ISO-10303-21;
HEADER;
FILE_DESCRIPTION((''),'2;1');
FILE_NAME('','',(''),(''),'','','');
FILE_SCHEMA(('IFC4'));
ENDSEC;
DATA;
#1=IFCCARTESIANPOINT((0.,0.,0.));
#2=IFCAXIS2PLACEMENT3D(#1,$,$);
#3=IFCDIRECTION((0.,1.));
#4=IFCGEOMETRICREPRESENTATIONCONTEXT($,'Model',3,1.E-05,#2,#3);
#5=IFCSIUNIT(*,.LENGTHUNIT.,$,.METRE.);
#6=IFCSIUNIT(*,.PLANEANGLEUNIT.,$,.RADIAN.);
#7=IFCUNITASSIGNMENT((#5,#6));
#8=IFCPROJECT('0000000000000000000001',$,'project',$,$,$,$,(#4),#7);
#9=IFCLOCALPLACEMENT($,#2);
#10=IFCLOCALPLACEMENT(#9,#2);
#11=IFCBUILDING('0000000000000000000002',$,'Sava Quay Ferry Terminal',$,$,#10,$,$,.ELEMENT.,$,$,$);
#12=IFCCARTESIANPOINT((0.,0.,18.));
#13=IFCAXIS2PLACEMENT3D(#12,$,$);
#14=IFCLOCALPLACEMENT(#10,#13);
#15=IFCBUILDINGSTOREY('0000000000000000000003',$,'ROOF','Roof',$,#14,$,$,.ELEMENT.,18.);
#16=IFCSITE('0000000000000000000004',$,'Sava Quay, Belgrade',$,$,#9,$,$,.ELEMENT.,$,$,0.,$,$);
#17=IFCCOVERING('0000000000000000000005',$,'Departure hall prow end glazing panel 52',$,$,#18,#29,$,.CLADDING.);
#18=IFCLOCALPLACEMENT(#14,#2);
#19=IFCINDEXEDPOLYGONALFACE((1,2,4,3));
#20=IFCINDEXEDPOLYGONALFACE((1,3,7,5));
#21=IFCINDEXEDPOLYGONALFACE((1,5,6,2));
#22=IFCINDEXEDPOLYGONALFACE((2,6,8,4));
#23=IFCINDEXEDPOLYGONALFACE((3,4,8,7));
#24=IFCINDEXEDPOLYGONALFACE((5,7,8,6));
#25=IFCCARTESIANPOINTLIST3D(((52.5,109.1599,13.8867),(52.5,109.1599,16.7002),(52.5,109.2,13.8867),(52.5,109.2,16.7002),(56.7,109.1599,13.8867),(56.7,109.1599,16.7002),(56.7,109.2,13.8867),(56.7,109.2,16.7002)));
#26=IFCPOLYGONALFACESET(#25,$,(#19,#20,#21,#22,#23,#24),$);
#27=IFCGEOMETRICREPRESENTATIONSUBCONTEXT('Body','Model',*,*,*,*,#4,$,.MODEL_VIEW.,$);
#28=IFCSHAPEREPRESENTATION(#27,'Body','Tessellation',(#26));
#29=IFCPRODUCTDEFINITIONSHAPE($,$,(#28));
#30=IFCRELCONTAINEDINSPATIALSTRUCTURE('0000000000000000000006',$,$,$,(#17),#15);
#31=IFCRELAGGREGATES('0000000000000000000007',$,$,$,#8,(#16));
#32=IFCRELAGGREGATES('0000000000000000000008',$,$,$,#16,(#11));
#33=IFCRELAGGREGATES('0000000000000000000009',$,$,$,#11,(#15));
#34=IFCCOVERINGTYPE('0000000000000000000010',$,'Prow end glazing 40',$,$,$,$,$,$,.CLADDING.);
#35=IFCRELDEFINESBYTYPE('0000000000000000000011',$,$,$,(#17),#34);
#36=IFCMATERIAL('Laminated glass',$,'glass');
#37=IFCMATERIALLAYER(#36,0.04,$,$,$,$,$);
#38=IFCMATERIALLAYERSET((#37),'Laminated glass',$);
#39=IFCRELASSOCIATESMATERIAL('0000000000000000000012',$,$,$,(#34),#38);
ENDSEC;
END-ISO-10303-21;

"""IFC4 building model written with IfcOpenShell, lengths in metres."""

from ifc_helpers import new_model, si_unit, direction, frame, origin, place, context, subcontext, project, spatial, polyline, outline, extrude, material, layer, layer_set, type_object, element, save


model = new_model("IFC4")

# Units and contexts
model_context = context("Model", 3, precision=1e-05, world=origin(), true_north=direction((0.0, 1.0)))
body_context = subcontext(model_context, "Body", "Model", "MODEL_VIEW")
ifc_project = project(units=[si_unit("LENGTHUNIT", "METRE"), si_unit("PLANEANGLEUNIT", "RADIAN")], contexts=[model_context])

# Site, building, storey
site_placement = place(None, origin())
site = spatial("IfcSite", under=ifc_project, at=site_placement, Name="Sava Quay, Belgrade", CompositionType="ELEMENT", RefElevation=0.0)
building_placement = place(site_placement, origin())
building = spatial("IfcBuilding", under=site, at=building_placement, Name="Sava Quay Ferry Terminal", CompositionType="ELEMENT")
storey_placement = place(building_placement, frame((0.0, 0.0, 18.0)))
storey = spatial("IfcBuildingStorey", under=building, at=storey_placement, Name="ROOF", Description="Roof", CompositionType="ELEMENT", Elevation=18.0)

# Covering
ifc_material_1 = material(Name="Laminated glass", Category="glass")
ifc_layer = layer(ifc_material_1, 0.04)
ifc_layer_set = layer_set([ifc_layer], Name="Laminated glass")
covering_type = type_object("IfcCoveringType", Name="Prow end glazing 40", PredefinedType="CLADDING", material=ifc_layer_set)
covering_1_placement = place(storey_placement, frame((52.5, 109.2, 13.8867), z_axis=(0.0, 1.0, 0.0), x_axis=(0.0, 0.0, 1.0)))
element("IfcCovering", 1, at=covering_1_placement, inside=storey, type_object=covering_type, Name="Departure hall prow end glazing panel 52", PredefinedType="CLADDING", context=body_context, shape_type="SweptSolid", body=[
    extrude(outline(polyline([(0.0, 0.0), (2.8135, 0.0), (2.8135, 4.2), (0.0, 4.2), (0.0, 0.0)])), origin(), (0.0, 0.0, -1.0), 0.04),
])

save(model, "model.ifc")
